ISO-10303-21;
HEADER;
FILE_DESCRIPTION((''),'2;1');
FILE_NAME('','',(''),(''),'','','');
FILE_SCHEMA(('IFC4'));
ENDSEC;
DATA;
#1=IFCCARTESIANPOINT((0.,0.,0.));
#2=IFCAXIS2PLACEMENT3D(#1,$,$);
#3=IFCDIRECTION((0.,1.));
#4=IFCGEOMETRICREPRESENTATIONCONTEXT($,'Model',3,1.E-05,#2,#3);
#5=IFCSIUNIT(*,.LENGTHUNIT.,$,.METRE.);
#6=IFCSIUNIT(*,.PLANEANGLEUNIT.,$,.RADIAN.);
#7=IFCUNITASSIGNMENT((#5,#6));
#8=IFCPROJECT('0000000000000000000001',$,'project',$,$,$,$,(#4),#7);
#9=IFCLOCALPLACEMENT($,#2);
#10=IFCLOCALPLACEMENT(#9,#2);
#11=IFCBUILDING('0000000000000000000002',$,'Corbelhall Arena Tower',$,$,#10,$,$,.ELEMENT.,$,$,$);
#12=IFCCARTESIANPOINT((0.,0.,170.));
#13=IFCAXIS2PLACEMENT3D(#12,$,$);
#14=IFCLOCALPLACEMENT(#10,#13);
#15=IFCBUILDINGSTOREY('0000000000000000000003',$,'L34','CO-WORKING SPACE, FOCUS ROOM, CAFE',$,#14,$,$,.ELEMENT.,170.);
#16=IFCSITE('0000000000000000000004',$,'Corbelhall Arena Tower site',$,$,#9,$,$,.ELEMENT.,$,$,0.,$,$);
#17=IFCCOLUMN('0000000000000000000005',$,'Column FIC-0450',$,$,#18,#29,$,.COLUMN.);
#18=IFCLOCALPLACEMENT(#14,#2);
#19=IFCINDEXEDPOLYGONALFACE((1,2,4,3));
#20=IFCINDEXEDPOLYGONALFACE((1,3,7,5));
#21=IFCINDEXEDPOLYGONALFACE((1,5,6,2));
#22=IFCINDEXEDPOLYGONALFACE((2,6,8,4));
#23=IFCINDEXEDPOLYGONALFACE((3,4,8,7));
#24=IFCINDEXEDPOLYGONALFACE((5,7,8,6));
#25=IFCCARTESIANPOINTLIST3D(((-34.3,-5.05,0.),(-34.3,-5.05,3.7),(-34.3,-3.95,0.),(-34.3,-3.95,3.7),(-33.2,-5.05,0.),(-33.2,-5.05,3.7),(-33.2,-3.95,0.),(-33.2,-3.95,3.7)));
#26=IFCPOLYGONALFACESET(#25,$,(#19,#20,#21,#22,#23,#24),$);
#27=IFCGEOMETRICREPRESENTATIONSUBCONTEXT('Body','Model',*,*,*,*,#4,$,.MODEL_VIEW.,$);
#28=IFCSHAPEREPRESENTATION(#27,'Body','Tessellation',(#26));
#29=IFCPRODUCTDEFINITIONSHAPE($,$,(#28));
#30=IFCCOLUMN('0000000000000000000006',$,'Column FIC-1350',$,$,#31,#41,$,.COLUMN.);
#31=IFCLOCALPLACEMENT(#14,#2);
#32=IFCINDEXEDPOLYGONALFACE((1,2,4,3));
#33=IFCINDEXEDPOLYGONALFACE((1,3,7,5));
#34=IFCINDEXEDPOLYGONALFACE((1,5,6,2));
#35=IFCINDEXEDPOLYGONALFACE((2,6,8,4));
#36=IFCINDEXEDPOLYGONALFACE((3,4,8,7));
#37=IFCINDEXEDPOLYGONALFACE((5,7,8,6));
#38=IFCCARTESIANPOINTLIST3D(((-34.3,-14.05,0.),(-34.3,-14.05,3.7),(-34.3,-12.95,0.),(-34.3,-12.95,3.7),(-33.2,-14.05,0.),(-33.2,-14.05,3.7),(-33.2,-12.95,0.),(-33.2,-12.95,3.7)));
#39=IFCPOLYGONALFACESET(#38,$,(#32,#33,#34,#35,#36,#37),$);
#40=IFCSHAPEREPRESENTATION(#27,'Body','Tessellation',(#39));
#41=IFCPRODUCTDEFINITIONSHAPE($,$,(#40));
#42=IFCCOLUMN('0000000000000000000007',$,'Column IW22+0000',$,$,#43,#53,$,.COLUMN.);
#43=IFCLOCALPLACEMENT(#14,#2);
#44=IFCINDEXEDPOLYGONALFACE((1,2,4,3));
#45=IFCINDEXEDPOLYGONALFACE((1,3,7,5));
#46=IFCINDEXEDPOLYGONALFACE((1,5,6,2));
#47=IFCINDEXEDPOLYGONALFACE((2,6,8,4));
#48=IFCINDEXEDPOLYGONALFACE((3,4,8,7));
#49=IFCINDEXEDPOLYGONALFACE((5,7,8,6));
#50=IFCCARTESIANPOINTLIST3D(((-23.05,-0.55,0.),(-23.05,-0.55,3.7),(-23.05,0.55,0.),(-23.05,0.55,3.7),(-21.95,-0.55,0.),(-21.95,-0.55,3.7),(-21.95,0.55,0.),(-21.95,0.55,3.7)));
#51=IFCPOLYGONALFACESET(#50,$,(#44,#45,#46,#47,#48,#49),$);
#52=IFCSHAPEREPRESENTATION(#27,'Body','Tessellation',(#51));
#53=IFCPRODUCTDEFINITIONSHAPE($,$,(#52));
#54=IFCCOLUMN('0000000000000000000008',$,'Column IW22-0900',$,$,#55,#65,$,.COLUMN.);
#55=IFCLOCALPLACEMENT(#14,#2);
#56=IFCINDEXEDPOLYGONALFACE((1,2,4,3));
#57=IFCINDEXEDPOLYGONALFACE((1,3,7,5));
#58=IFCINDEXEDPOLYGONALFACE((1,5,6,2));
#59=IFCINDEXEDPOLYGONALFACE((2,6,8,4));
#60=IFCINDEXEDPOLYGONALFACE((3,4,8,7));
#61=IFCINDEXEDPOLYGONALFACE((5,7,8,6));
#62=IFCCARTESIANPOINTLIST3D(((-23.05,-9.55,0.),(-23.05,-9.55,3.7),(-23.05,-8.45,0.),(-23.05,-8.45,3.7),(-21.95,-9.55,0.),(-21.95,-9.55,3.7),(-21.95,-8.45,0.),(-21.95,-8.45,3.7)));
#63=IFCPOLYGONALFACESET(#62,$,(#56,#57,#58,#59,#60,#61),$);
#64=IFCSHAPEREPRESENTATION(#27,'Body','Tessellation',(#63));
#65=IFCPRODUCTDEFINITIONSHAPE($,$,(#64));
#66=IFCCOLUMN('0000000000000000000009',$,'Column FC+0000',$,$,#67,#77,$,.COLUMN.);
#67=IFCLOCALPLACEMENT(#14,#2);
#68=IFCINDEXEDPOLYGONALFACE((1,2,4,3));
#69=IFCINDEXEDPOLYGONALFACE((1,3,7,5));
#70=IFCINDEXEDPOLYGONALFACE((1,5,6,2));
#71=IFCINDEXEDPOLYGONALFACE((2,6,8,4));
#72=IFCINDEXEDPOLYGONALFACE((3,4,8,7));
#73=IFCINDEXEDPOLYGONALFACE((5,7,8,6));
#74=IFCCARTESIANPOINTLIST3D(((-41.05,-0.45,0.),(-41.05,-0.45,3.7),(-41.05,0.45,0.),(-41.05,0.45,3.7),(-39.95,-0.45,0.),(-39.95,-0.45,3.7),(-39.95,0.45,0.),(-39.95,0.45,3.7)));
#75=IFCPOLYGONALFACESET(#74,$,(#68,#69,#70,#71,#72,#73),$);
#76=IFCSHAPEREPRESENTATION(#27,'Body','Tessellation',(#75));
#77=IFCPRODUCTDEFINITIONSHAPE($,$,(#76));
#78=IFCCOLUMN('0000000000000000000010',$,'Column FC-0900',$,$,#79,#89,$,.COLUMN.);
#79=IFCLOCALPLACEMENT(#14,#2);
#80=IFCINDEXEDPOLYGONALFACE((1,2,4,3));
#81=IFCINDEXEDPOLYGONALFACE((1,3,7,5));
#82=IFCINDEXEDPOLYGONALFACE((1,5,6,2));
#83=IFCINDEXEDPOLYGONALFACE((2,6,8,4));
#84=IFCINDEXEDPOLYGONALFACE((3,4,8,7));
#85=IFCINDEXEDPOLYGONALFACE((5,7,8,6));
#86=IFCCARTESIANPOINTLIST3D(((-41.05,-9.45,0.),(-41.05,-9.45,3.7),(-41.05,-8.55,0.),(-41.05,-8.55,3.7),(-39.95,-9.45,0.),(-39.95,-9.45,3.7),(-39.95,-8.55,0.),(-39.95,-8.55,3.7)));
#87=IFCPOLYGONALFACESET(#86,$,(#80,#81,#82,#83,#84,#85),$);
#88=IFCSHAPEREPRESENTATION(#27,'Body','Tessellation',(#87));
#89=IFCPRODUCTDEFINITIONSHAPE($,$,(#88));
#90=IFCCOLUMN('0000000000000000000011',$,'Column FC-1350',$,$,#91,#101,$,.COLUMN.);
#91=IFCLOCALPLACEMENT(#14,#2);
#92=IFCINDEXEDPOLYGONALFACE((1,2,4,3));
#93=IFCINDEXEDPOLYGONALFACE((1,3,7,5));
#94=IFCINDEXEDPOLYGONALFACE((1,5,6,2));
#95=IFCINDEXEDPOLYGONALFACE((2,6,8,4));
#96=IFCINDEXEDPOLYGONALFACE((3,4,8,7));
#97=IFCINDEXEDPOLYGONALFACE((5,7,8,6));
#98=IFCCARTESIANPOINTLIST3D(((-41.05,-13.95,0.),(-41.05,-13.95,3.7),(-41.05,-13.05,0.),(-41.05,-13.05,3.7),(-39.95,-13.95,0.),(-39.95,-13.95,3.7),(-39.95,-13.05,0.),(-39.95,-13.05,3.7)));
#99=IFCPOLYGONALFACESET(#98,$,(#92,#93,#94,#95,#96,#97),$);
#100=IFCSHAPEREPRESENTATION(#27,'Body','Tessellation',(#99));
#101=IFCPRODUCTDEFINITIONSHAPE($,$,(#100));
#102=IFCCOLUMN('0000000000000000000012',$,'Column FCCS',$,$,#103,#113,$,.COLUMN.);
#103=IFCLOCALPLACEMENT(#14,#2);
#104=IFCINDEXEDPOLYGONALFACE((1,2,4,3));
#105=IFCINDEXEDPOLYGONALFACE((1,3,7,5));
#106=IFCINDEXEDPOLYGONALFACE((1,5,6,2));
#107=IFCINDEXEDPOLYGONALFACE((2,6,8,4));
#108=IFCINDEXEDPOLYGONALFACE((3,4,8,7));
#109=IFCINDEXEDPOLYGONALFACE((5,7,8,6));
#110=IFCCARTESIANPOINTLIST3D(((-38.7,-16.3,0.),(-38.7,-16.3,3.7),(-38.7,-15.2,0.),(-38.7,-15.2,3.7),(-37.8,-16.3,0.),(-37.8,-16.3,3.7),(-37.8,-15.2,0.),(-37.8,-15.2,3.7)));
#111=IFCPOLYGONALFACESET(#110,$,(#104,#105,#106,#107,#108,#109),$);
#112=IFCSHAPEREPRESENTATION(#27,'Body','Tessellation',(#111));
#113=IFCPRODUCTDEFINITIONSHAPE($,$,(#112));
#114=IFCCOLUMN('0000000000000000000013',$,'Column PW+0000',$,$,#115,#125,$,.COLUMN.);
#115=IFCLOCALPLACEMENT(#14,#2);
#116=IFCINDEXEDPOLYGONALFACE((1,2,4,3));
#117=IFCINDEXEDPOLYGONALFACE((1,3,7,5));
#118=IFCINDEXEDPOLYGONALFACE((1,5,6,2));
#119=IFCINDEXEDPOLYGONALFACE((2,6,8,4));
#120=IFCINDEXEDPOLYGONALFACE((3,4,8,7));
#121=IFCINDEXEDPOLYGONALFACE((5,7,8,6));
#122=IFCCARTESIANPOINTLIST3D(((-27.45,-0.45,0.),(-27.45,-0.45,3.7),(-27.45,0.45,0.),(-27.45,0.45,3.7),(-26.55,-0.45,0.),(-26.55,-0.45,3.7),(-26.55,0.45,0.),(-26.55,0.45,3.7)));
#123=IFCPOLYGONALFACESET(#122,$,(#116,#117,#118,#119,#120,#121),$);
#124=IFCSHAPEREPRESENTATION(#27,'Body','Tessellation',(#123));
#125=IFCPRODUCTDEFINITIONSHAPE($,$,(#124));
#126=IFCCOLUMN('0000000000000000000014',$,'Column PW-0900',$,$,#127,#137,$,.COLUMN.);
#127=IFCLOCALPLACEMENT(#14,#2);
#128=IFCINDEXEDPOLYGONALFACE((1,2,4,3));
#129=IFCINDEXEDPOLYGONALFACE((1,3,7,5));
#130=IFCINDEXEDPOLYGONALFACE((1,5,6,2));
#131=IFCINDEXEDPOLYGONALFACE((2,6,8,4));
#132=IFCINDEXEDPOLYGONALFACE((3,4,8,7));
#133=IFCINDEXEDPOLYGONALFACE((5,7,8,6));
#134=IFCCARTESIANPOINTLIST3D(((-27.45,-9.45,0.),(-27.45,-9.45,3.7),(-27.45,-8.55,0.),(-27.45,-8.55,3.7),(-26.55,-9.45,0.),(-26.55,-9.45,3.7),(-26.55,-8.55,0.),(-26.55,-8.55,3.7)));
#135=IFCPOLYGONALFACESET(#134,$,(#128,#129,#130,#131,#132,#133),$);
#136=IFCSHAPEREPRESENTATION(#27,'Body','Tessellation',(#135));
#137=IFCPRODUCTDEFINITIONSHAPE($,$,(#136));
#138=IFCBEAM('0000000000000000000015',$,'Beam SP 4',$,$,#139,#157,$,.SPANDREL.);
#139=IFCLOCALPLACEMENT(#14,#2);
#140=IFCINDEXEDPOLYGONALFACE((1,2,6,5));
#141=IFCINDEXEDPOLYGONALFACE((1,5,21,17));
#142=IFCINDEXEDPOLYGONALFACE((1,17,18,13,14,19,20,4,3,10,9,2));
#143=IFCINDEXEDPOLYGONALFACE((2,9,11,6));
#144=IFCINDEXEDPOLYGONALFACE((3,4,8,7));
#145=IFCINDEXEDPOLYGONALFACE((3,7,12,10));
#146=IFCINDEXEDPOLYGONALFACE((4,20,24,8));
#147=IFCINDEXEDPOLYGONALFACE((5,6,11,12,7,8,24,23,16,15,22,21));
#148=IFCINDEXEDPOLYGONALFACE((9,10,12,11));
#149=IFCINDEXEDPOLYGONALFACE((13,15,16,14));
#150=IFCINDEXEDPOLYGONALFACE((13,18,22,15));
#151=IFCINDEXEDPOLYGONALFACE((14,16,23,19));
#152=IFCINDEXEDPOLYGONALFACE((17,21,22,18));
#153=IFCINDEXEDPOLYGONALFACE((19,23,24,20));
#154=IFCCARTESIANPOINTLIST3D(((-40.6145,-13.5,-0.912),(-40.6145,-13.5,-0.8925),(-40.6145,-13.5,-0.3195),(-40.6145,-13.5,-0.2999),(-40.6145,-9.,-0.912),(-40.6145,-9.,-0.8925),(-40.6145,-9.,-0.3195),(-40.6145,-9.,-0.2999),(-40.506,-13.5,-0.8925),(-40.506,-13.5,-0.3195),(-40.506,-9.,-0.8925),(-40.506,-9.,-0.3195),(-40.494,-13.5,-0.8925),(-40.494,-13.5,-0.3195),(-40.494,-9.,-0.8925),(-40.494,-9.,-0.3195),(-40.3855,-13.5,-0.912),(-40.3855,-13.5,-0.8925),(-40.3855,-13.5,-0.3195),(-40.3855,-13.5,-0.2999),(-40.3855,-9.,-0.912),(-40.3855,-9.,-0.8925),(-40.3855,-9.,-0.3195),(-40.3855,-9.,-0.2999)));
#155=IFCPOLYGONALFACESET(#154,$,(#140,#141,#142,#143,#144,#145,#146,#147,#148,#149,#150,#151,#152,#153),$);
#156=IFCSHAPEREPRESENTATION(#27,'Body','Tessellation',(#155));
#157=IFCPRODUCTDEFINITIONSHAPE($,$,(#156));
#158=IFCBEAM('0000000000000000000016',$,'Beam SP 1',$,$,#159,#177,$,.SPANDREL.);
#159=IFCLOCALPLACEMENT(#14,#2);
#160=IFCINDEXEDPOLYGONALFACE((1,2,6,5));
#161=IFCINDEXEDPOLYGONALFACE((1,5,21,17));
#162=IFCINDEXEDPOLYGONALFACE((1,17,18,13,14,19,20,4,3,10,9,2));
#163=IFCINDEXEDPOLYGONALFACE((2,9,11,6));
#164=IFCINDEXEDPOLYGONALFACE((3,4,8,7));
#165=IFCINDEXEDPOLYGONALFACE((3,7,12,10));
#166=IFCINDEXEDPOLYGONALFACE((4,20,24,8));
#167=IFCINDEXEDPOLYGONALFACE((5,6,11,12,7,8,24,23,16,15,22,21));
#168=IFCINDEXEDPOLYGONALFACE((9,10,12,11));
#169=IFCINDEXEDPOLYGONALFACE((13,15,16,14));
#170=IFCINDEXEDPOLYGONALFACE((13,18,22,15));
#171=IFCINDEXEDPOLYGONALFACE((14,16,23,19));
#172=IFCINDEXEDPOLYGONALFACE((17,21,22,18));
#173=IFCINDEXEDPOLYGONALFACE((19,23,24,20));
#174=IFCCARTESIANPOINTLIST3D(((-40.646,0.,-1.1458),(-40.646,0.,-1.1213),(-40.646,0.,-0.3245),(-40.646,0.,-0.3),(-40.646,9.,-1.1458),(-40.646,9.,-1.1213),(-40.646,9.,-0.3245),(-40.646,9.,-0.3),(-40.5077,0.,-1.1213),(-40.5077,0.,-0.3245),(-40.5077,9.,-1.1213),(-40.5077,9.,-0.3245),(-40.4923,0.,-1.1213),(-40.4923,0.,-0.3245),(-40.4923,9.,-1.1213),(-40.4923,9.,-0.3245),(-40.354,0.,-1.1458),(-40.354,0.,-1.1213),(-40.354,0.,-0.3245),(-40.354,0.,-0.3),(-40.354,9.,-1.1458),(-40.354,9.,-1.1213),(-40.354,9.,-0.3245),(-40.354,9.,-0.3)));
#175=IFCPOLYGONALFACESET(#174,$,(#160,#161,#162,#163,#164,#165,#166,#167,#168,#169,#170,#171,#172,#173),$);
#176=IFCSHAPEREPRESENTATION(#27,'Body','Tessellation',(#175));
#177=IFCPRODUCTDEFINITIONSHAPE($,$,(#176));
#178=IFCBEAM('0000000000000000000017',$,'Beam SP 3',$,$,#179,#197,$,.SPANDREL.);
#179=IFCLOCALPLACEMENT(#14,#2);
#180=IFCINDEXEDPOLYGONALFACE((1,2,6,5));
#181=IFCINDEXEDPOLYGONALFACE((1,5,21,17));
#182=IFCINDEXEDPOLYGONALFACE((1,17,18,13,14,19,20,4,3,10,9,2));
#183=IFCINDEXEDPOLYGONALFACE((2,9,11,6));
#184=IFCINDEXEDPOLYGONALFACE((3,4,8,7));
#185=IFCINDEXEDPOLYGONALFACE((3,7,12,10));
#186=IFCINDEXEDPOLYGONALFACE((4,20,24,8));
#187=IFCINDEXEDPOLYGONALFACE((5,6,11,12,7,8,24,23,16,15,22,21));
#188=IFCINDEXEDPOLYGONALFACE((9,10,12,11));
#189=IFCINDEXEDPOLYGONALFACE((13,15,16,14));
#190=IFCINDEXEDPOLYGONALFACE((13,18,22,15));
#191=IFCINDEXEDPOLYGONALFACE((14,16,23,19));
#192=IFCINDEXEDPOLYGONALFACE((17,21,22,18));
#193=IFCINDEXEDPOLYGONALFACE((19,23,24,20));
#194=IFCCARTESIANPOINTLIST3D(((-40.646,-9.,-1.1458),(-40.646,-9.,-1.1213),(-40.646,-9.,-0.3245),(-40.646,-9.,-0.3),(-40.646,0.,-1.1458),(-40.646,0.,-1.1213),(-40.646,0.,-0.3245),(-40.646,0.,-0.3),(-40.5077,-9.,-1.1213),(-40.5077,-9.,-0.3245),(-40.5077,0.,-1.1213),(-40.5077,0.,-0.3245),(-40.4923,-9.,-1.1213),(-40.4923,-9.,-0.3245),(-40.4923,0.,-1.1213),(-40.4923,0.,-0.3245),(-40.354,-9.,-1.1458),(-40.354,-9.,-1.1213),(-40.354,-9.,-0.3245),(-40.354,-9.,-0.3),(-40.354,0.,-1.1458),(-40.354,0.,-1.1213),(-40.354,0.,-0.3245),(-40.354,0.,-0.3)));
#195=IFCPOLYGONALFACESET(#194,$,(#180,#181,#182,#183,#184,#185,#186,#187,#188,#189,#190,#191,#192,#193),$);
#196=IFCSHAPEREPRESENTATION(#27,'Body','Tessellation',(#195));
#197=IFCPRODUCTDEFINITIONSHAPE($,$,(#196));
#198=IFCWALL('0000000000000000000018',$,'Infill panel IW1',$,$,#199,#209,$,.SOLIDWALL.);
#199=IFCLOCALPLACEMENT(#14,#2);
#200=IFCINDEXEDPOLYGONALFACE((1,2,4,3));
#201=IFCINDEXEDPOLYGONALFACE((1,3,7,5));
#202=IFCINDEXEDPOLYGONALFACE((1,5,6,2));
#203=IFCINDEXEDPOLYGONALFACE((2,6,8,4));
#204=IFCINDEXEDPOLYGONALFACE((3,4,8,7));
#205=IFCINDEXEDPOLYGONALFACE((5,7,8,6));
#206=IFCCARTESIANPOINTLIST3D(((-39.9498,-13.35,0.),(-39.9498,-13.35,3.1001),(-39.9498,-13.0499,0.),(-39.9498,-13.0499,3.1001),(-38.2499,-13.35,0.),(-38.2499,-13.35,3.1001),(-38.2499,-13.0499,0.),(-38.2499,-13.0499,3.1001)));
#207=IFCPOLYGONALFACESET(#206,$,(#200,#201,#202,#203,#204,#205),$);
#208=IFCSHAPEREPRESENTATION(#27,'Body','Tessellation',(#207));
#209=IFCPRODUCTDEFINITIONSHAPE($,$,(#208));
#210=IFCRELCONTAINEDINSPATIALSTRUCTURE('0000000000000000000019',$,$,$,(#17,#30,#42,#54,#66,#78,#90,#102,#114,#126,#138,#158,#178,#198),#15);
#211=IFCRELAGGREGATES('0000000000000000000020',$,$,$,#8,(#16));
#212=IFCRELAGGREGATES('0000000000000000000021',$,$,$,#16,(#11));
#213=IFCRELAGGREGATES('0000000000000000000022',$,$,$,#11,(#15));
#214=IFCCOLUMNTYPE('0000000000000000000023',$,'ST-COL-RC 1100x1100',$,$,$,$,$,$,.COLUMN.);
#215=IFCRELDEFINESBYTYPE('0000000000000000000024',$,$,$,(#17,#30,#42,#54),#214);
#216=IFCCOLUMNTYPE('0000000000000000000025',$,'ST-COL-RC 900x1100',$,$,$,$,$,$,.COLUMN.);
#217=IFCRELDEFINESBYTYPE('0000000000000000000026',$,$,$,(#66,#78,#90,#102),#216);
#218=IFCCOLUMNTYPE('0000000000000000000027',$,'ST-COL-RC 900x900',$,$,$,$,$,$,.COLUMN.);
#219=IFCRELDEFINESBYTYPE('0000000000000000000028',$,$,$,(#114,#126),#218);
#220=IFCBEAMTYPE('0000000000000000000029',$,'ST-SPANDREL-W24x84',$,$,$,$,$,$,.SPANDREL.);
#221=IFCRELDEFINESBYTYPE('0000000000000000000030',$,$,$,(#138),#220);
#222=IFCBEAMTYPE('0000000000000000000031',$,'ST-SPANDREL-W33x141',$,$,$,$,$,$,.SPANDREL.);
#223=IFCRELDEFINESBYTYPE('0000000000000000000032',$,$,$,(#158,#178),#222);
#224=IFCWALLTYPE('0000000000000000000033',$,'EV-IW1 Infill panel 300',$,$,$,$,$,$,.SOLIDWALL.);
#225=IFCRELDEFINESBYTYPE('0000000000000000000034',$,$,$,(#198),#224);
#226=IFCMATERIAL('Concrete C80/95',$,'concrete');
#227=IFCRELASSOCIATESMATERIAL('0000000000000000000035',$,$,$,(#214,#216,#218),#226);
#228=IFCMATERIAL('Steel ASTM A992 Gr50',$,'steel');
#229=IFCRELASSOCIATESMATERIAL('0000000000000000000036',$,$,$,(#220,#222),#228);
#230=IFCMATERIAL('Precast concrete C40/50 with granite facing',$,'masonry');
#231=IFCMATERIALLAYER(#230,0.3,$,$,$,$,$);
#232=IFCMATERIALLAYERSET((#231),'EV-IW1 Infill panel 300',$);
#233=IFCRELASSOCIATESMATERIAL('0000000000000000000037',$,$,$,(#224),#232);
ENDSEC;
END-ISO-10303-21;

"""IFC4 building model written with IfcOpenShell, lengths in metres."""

from ifc_helpers import new_model, si_unit, direction, frame, frame_2d, origin, origin_2d, place, context, subcontext, project, spatial, rectangle, i_section, extrude, material, layer, layer_set, material_profile, profile_set, type_object, element, save


model = new_model("IFC4")

# Units and contexts
model_context = context("Model", 3, precision=1e-05, world=origin(), true_north=direction((0.0, 1.0)))
body_context = subcontext(model_context, "Body", "Model", "MODEL_VIEW")
ifc_project = project(units=[si_unit("LENGTHUNIT", "METRE"), si_unit("PLANEANGLEUNIT", "RADIAN")], contexts=[model_context])

# Site, building, storey
site_placement = place(None, origin())
site = spatial("IfcSite", under=ifc_project, at=site_placement, Name="Corbelhall Arena Tower site", CompositionType="ELEMENT", RefElevation=0.0)
building_placement = place(site_placement, origin())
building = spatial("IfcBuilding", under=site, at=building_placement, Name="Corbelhall Arena Tower", CompositionType="ELEMENT")
storey_placement = place(building_placement, frame((0.0, 0.0, 170.0)))
storey = spatial("IfcBuildingStorey", under=building, at=storey_placement, Name="L34", Description="CO-WORKING SPACE, FOCUS ROOM, CAFE", CompositionType="ELEMENT", Elevation=170.0)

# Columns
ifc_material_1 = material(Name="Concrete C80/95", Category="concrete")
ifc_material_profile_1 = material_profile(ifc_material_1, rectangle(XDim=1.1001, YDim=1.1001, at=origin_2d()))
ifc_profile_set_1 = profile_set([ifc_material_profile_1], Name="Concrete C80/95")
column_type_1 = type_object("IfcColumnType", Name="ST-COL-RC 1100x1100", PredefinedType="COLUMN", material=ifc_profile_set_1)
for number, where, z_axis, x_axis, name in (
    (1, (-33.75, -4.5, 0.0), (0.0, 0.0, 1.0), (1.0, 0.0, 0.0), "Column FIC-0450"),
    (2, (-33.75, -13.5, 0.0), (0.0, 0.0, 1.0), (1.0, 0.0, 0.0), "Column FIC-1350"),
    (3, (-22.5, 0.0, 0.0), (0.0, 0.0, 1.0), (1.0, 0.0, 0.0), "Column IW22+0000"),
    (4, (-22.5, -9.0, 0.0), (0.0, 0.0, 1.0), (1.0, 0.0, 0.0), "Column IW22-0900"),
):
    element("IfcColumn", number, at=place(storey_placement, frame(where, z_axis=z_axis, x_axis=x_axis)), inside=storey, type_object=column_type_1, Name=name, PredefinedType="COLUMN", context=body_context, shape_type="SweptSolid", body=[
        extrude(rectangle(XDim=1.1001, YDim=1.1001, at=origin_2d()), origin(), (0.0, 0.0, 1.0), 3.7),
    ])
ifc_material_profile_2 = material_profile(ifc_material_1, rectangle(XDim=0.8999, YDim=1.1001, at=origin_2d()))
ifc_profile_set_2 = profile_set([ifc_material_profile_2], Name="Concrete C80/95")
column_type_2 = type_object("IfcColumnType", Name="ST-COL-RC 900x1100", PredefinedType="COLUMN", material=ifc_profile_set_2)
for number, where, z_axis, x_axis, name in (
    (5, (-40.5, 0.0, 0.0), (0.0, 0.0, 1.0), (0.0, 1.0, 0.0), "Column FC+0000"),
    (6, (-40.5, -9.0, 0.0), (0.0, 0.0, 1.0), (0.0, 1.0, 0.0), "Column FC-0900"),
    (7, (-40.5, -13.5, 0.0), (0.0, 0.0, 1.0), (0.0, 1.0, 0.0), "Column FC-1350"),
    (8, (-38.25, -15.75, 0.0), (0.0, 0.0, 1.0), (1.0, 0.0, 0.0), "Column FCCS"),
):
    element("IfcColumn", number, at=place(storey_placement, frame(where, z_axis=z_axis, x_axis=x_axis)), inside=storey, type_object=column_type_2, Name=name, PredefinedType="COLUMN", context=body_context, shape_type="SweptSolid", body=[
        extrude(rectangle(XDim=0.8999, YDim=1.1001, at=origin_2d()), origin(), (0.0, 0.0, 1.0), 3.7),
    ])
ifc_material_profile_3 = material_profile(ifc_material_1, rectangle(XDim=0.8999, YDim=0.8999, at=origin_2d()))
ifc_profile_set_3 = profile_set([ifc_material_profile_3], Name="Concrete C80/95")
column_type_3 = type_object("IfcColumnType", Name="ST-COL-RC 900x900", PredefinedType="COLUMN", material=ifc_profile_set_3)
for number, where, z_axis, x_axis, name in (
    (9, (-27.0, 0.0, 0.0), (0.0, 0.0, 1.0), (1.0, 0.0, 0.0), "Column PW+0000"),
    (10, (-27.0, -9.0, 0.0), (0.0, 0.0, 1.0), (1.0, 0.0, 0.0), "Column PW-0900"),
):
    element("IfcColumn", number, at=place(storey_placement, frame(where, z_axis=z_axis, x_axis=x_axis)), inside=storey, type_object=column_type_3, Name=name, PredefinedType="COLUMN", context=body_context, shape_type="SweptSolid", body=[
        extrude(rectangle(XDim=0.8999, YDim=0.8999, at=origin_2d()), origin(), (0.0, 0.0, 1.0), 3.7),
    ])

# Beams
ifc_material_2 = material(Name="Steel ASTM A992 Gr50", Category="steel")
ifc_material_profile_4 = material_profile(ifc_material_2, i_section(OverallWidth=0.229, OverallDepth=0.6121, WebThickness=0.012, FlangeThickness=0.0195, at=origin_2d()))
ifc_profile_set_4 = profile_set([ifc_material_profile_4], Name="Steel ASTM A992 Gr50")
beam_type_1 = type_object("IfcBeamType", Name="ST-SPANDREL-W24x84", PredefinedType="SPANDREL", material=ifc_profile_set_4)
beam_placement = place(storey_placement, frame((-40.5, -13.5, -0.606), z_axis=(0.0, 1.0, 0.0), x_axis=(-1.0, 0.0, 0.0)))
element("IfcBeam", 11, at=beam_placement, inside=storey, type_object=beam_type_1, Name="Beam SP 4", PredefinedType="SPANDREL", context=body_context, shape_type="SweptSolid", body=[
    extrude(i_section(OverallWidth=0.229, OverallDepth=0.6121, WebThickness=0.012, FlangeThickness=0.0195, at=origin_2d()), origin(), (0.0, 0.0, 1.0), 4.5),
])
ifc_material_profile_5 = material_profile(ifc_material_2, i_section(OverallWidth=0.292, OverallDepth=0.8457, WebThickness=0.0154, FlangeThickness=0.0244, at=origin_2d()))
ifc_profile_set_5 = profile_set([ifc_material_profile_5], Name="Steel ASTM A992 Gr50")
beam_type_2 = type_object("IfcBeamType", Name="ST-SPANDREL-W33x141", PredefinedType="SPANDREL", material=ifc_profile_set_5)
for number, where, z_axis, x_axis, name in (
    (12, (-40.5, 0.0, -0.7229), (0.0, 1.0, 0.0), (-1.0, 0.0, 0.0), "Beam SP 1"),
    (13, (-40.5, -9.0, -0.7229), (0.0, 1.0, 0.0), (-1.0, 0.0, 0.0), "Beam SP 3"),
):
    element("IfcBeam", number, at=place(storey_placement, frame(where, z_axis=z_axis, x_axis=x_axis)), inside=storey, type_object=beam_type_2, Name=name, PredefinedType="SPANDREL", context=body_context, shape_type="SweptSolid", body=[
        extrude(i_section(OverallWidth=0.292, OverallDepth=0.8457, WebThickness=0.0154, FlangeThickness=0.0244, at=origin_2d()), origin(), (0.0, 0.0, 1.0), 9.0),
    ])

# Wall
ifc_material_3 = material(Name="Precast concrete C40/50 with granite facing", Category="masonry")
ifc_layer_1 = layer(ifc_material_3, 0.3)
ifc_layer_set_1 = layer_set([ifc_layer_1], Name="EV-IW1 Infill panel 300")
wall_type_1 = type_object("IfcWallType", Name="EV-IW1 Infill panel 300", PredefinedType="SOLIDWALL", material=ifc_layer_set_1)
wall_1_placement = place(storey_placement, frame((-39.95, -13.2, 0.0), z_axis=(0.0, 0.0, 1.0), x_axis=(1.0, 0.0, 0.0)))
element("IfcWall", 14, at=wall_1_placement, inside=storey, type_object=wall_type_1, Name="Infill panel IW1", PredefinedType="SOLIDWALL", context=body_context, shape_type="SweptSolid", body=[
    extrude(rectangle(XDim=1.7, YDim=0.3, at=frame_2d((0.8501, 0.0))), origin(), (0.0, 0.0, 1.0), 3.1001),
])

save(model, "model.ifc")
